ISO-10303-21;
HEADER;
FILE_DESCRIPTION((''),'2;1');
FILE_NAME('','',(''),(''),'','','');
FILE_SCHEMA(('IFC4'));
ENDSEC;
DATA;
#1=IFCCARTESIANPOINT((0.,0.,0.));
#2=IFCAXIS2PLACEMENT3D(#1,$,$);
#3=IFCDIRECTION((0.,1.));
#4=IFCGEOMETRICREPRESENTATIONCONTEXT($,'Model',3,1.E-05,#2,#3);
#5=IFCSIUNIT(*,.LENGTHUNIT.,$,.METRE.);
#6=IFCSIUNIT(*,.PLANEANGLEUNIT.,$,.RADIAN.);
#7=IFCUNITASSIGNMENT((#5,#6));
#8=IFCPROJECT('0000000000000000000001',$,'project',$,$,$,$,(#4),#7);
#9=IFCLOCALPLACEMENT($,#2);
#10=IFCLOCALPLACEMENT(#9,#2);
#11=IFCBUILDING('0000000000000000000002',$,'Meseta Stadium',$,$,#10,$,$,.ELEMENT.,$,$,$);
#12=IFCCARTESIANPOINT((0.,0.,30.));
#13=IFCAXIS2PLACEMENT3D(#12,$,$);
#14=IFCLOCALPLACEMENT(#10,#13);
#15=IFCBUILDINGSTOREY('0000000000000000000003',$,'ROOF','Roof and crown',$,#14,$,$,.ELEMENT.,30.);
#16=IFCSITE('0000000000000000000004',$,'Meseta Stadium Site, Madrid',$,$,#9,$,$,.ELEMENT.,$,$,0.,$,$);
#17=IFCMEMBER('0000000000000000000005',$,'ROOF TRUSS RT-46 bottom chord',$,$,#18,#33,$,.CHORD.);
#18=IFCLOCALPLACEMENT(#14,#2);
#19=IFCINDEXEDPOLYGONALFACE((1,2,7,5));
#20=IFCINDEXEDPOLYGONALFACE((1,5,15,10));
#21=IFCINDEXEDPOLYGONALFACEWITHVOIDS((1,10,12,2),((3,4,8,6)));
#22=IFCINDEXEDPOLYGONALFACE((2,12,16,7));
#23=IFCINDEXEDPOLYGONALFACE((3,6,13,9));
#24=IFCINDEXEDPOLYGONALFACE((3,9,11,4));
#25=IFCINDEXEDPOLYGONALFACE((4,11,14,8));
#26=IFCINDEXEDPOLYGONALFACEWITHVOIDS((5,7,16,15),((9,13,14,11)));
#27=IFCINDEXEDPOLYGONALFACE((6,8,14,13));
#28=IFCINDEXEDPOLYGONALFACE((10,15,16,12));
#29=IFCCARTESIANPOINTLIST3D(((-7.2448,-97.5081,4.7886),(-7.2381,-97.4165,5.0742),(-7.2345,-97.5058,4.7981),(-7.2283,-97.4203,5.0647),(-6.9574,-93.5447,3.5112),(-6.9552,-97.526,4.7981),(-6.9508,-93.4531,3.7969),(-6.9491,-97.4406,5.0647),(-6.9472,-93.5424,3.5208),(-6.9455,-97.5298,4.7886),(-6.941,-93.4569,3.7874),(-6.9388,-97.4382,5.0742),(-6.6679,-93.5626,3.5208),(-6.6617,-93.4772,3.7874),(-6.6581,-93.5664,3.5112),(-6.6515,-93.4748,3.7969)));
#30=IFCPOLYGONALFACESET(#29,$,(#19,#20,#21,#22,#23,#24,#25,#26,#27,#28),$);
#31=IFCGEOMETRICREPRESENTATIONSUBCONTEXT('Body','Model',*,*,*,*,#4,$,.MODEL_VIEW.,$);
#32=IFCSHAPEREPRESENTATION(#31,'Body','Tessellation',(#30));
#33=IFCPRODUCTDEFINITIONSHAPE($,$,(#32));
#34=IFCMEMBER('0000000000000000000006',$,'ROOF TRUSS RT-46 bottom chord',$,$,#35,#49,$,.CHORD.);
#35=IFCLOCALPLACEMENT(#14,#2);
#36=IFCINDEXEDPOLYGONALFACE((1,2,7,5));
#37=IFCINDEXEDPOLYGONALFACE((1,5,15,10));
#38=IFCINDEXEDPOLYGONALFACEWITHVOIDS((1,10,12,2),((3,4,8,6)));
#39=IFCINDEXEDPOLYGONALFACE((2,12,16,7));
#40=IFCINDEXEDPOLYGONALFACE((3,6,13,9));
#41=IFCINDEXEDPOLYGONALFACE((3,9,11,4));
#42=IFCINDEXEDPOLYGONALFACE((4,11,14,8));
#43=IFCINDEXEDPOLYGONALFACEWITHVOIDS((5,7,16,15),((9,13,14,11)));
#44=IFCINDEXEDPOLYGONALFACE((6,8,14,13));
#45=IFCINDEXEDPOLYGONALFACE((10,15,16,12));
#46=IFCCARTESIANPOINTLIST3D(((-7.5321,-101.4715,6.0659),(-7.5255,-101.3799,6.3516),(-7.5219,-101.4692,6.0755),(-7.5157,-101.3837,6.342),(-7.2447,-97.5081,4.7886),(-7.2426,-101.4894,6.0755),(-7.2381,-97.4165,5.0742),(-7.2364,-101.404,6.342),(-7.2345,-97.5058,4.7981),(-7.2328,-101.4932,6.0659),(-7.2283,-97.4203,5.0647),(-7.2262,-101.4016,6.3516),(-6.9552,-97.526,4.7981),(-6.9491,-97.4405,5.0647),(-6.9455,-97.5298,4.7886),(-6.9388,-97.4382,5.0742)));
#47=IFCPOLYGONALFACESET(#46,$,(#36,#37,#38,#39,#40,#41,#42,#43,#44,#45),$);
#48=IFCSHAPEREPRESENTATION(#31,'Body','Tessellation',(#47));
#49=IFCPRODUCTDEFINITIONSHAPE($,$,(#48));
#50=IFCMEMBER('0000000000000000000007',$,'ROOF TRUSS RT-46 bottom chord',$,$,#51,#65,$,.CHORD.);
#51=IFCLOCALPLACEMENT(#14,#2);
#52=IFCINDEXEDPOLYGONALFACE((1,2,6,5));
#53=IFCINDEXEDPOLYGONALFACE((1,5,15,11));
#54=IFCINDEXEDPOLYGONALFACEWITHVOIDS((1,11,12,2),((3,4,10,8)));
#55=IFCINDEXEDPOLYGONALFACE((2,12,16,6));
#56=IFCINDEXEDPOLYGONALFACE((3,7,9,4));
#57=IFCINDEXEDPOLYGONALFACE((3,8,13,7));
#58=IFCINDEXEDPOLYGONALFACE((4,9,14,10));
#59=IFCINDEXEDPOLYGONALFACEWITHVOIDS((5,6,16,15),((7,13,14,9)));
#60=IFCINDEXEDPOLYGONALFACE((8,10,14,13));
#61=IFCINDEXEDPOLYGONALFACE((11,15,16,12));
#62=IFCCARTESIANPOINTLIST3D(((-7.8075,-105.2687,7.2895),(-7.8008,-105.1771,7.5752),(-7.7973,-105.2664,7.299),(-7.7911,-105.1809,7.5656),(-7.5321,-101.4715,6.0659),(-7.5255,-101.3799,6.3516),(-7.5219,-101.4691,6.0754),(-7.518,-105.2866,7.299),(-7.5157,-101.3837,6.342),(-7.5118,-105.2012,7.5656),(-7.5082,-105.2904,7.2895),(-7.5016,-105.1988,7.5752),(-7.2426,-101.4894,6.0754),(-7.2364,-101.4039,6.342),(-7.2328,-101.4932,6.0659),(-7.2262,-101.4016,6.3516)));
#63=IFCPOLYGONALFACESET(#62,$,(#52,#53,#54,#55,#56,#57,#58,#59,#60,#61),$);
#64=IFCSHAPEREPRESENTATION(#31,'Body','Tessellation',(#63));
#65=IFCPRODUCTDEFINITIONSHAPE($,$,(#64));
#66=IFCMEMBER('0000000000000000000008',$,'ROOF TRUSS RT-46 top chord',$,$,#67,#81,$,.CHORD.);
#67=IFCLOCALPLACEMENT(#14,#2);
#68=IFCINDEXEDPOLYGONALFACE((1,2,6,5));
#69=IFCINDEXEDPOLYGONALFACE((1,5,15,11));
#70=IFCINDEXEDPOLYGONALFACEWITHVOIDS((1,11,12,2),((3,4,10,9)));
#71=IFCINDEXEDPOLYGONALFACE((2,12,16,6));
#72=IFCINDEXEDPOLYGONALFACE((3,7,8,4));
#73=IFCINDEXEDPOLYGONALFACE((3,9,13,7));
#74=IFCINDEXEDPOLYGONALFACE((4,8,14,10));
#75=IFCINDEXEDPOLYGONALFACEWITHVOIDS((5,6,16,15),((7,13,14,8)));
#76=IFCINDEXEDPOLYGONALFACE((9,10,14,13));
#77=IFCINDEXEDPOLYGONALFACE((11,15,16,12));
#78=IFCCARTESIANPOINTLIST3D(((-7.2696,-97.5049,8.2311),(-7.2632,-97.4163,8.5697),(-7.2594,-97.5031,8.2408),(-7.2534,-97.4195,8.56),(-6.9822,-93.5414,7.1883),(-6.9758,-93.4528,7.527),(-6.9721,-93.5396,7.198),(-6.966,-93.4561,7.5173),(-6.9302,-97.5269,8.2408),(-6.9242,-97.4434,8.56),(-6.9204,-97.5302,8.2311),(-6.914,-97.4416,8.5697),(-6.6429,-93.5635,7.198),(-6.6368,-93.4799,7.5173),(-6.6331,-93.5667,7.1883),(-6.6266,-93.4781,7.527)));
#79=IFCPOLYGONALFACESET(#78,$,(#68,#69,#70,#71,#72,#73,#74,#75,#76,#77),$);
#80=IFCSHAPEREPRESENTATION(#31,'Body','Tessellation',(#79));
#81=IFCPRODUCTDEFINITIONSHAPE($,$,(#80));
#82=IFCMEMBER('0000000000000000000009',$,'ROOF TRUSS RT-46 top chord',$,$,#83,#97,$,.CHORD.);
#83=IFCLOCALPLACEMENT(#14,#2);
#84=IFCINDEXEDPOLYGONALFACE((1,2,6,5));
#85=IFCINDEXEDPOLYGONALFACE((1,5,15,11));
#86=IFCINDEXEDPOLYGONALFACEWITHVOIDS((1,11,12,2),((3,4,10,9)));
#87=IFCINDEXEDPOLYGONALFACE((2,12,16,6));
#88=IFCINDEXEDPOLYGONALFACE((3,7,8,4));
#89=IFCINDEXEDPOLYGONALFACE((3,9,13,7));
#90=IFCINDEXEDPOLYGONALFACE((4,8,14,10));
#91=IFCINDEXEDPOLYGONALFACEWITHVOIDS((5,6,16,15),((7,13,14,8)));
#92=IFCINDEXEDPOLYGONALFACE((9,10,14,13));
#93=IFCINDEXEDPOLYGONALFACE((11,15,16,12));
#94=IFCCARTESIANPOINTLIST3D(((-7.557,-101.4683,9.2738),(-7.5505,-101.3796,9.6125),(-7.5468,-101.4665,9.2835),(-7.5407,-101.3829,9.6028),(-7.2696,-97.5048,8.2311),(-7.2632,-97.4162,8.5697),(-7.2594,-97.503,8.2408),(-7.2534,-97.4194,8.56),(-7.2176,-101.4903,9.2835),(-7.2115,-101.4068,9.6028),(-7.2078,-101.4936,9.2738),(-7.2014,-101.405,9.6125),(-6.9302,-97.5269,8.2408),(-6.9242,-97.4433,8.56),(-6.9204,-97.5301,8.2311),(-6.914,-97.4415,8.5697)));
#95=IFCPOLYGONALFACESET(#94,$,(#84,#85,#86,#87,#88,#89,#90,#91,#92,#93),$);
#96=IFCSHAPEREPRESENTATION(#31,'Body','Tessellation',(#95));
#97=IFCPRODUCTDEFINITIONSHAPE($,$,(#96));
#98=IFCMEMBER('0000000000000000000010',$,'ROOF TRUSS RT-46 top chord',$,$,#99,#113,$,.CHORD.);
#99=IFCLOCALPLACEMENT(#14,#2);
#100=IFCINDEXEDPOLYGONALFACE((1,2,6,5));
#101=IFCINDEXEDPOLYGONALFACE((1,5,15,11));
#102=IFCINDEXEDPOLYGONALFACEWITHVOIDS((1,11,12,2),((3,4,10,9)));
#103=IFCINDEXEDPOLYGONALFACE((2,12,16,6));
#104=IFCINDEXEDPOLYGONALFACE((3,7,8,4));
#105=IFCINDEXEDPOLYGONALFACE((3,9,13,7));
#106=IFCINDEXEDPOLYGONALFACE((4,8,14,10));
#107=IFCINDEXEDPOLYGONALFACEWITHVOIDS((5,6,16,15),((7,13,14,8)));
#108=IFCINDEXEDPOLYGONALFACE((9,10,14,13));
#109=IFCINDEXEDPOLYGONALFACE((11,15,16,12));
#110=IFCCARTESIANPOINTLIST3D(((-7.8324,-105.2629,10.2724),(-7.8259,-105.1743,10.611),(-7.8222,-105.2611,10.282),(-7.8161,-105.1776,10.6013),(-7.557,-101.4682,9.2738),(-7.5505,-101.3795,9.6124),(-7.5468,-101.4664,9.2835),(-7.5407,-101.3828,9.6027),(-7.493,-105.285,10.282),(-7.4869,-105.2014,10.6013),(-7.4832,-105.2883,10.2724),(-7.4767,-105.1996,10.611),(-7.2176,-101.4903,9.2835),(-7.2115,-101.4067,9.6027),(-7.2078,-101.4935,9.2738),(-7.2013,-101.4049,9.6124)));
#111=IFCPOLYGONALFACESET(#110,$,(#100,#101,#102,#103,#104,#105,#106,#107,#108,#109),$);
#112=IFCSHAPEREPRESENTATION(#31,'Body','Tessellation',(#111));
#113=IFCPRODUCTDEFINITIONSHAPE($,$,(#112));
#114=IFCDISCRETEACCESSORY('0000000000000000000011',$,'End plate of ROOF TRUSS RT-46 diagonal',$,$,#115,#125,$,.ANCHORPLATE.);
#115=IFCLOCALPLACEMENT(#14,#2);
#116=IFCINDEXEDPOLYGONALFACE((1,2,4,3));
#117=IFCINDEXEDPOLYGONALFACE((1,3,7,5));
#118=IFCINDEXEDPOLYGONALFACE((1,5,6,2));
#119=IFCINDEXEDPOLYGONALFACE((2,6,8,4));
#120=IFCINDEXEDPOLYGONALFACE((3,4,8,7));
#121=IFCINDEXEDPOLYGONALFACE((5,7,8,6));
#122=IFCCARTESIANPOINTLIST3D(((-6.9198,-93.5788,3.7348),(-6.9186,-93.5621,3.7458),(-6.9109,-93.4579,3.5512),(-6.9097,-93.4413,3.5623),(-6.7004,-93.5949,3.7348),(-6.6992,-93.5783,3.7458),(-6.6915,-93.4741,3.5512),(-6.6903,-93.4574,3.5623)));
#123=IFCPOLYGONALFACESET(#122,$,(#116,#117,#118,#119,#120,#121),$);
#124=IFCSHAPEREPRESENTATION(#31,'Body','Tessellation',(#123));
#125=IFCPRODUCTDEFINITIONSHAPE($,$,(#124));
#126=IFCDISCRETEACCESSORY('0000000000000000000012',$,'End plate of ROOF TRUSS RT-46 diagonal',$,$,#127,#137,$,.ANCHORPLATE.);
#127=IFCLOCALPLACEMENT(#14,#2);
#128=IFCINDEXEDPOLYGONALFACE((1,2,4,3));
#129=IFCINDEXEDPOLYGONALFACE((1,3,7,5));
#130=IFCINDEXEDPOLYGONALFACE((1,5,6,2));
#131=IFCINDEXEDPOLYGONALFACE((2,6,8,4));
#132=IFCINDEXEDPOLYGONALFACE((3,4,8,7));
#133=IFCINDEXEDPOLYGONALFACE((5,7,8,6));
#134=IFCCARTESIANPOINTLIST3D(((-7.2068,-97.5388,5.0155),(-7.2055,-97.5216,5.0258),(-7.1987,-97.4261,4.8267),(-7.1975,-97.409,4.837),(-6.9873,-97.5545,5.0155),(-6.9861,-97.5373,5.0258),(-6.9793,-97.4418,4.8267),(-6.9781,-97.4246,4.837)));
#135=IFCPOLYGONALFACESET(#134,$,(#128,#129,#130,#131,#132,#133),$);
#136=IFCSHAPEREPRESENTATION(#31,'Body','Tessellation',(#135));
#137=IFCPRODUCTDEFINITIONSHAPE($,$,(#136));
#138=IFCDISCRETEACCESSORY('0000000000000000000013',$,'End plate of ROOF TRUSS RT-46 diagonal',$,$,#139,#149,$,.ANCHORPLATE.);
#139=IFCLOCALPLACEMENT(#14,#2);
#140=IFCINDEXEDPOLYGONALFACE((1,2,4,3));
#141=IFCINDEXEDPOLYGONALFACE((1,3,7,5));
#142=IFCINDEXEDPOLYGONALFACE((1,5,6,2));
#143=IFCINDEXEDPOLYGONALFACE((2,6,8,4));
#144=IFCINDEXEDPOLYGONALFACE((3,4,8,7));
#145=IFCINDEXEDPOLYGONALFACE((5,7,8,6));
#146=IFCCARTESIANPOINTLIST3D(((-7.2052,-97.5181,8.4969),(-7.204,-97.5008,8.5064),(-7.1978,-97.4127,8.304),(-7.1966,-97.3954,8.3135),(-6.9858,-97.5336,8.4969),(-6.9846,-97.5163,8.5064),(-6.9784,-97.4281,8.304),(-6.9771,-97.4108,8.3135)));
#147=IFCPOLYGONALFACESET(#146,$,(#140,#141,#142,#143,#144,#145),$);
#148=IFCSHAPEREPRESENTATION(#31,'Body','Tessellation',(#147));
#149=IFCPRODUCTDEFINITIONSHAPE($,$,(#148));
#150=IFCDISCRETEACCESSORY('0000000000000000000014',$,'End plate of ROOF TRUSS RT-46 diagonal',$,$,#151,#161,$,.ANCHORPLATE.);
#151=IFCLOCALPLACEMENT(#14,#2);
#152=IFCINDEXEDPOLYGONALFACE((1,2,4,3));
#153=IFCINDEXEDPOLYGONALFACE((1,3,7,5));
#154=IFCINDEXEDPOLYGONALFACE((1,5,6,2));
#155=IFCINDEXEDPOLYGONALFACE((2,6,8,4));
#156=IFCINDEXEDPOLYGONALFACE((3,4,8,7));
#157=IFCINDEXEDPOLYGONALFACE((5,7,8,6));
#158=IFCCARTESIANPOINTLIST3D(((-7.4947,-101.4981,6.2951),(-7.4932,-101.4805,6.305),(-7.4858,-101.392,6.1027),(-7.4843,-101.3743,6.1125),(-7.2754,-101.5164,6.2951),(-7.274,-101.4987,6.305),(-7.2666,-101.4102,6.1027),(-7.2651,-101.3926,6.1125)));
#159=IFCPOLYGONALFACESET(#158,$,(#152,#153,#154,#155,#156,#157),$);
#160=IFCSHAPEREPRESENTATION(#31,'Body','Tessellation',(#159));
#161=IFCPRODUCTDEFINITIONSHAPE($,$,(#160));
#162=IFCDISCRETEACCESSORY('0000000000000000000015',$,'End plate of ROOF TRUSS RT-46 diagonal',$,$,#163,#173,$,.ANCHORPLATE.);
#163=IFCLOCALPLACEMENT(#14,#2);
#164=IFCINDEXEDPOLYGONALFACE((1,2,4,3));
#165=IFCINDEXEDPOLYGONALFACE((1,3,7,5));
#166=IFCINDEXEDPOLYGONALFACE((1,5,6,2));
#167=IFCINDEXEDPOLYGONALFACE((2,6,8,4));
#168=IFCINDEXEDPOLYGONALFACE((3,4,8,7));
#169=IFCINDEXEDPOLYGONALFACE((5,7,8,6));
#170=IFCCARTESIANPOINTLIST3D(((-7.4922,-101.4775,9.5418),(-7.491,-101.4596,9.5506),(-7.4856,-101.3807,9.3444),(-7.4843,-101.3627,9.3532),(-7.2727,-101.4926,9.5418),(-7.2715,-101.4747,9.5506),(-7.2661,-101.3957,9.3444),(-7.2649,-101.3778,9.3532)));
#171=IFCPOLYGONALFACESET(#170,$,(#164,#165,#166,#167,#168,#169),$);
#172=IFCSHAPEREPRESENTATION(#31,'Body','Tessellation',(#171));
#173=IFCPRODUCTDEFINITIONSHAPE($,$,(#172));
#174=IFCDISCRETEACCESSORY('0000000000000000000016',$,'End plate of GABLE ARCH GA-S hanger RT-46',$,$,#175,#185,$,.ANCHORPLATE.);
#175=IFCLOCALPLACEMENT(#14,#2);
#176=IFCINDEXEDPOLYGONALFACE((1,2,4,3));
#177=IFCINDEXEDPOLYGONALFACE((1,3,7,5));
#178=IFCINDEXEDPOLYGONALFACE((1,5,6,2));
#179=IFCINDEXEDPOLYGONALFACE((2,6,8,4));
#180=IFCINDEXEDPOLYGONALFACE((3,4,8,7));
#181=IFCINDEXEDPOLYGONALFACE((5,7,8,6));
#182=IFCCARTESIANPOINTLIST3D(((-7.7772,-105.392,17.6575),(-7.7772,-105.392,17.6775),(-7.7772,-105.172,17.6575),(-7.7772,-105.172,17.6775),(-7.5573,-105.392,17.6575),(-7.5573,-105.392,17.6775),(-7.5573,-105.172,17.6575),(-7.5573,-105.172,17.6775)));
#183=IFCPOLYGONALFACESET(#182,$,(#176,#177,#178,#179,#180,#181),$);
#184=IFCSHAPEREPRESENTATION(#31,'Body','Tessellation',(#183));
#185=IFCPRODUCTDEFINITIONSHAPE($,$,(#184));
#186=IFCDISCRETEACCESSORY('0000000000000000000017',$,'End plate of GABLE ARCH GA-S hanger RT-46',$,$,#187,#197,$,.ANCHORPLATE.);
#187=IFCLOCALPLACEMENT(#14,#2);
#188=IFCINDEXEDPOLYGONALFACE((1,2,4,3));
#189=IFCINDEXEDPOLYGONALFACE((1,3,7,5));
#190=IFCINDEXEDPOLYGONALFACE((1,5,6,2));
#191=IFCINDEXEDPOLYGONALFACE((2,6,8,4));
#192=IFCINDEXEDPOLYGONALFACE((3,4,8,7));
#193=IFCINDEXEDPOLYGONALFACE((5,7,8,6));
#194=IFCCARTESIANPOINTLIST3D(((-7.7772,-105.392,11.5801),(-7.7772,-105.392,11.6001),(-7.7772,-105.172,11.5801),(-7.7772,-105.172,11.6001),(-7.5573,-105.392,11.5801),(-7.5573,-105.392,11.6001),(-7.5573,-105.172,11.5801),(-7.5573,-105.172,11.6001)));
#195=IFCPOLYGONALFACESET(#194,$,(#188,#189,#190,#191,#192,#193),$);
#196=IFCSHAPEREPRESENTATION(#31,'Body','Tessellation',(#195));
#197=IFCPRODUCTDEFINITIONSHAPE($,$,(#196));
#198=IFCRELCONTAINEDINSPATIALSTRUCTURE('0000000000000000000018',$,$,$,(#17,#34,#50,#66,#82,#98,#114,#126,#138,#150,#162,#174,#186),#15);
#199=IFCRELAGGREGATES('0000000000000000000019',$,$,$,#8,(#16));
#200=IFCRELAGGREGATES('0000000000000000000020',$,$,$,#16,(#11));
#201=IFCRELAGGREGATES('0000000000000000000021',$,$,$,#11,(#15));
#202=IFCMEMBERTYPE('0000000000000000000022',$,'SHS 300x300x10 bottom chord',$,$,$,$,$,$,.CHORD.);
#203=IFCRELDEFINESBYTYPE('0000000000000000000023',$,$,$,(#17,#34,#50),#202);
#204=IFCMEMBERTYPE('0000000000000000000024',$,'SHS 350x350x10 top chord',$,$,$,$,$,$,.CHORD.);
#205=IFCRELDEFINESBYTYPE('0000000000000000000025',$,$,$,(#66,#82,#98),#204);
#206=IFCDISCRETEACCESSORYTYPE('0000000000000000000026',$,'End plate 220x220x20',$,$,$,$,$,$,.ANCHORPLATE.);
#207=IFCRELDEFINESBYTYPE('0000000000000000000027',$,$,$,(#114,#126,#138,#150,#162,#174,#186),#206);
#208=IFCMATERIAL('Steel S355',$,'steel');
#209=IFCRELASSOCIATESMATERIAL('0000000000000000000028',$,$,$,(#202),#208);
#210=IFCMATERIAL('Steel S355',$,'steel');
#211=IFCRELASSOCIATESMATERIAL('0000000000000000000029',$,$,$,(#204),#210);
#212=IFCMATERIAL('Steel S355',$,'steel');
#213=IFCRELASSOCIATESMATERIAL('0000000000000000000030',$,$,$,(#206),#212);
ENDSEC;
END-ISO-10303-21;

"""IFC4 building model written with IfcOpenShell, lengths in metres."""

from ifc_helpers import new_model, si_unit, direction, frame, origin, origin_2d, place, context, subcontext, project, spatial, rectangle, hollow_rectangle, extrude, material, material_profile, profile_set, type_object, element, save


model = new_model("IFC4")

# Units and contexts
model_context = context("Model", 3, precision=1e-05, world=origin(), true_north=direction((0.0, 1.0)))
body_context = subcontext(model_context, "Body", "Model", "MODEL_VIEW")
ifc_project = project(units=[si_unit("LENGTHUNIT", "METRE"), si_unit("PLANEANGLEUNIT", "RADIAN")], contexts=[model_context])

# Site, building, storey
site_placement = place(None, origin())
site = spatial("IfcSite", under=ifc_project, at=site_placement, Name="Meseta Stadium Site, Madrid", CompositionType="ELEMENT", RefElevation=0.0)
building_placement = place(site_placement, origin())
building = spatial("IfcBuilding", under=site, at=building_placement, Name="Meseta Stadium", CompositionType="ELEMENT")
storey_placement = place(building_placement, frame((0.0, 0.0, 30.0)))
storey = spatial("IfcBuildingStorey", under=building, at=storey_placement, Name="ROOF", Description="Roof and crown", CompositionType="ELEMENT", Elevation=30.0)

# Members
ifc_material_1 = material(Name="Steel S355", Category="steel")
ifc_material_profile_1 = material_profile(ifc_material_1, hollow_rectangle(XDim=0.3, YDim=0.3, WallThickness=0.01, at=origin_2d()), Name="SHS 300x300x10")
ifc_profile_set_1 = profile_set([ifc_material_profile_1], Name="Steel S355")
member_type_1 = type_object("IfcMemberType", Name="SHS 300x300x10 bottom chord", PredefinedType="CHORD", material=ifc_profile_set_1)
for number, where, z_axis, x_axis, name in (
    (1, (-6.8044, -93.5098, 3.6541), (-0.068843, -0.949532, 0.306021), (0.997382, -0.072312, 0.0), "ROOF TRUSS RT-46 bottom chord"),
    (2, (-7.0918, -97.4731, 4.9314), (-0.068843, -0.949532, 0.306021), (0.997382, -0.072312, 0.0), "ROOF TRUSS RT-46 bottom chord"),
):
    element("IfcMember", number, at=place(storey_placement, frame(where, z_axis=z_axis, x_axis=x_axis)), inside=storey, type_object=member_type_1, Name=name, PredefinedType="CHORD", context=body_context, shape_type="SweptSolid", body=[
        extrude(hollow_rectangle(XDim=0.3, YDim=0.3, WallThickness=0.01, at=origin_2d()), origin(), (0.0, 0.0, 1.0), 4.1741),
    ])
member_1_placement = place(storey_placement, frame((-7.3792, -101.4365, 6.2087), z_axis=(-0.068863, -0.949546, 0.305974), x_axis=(0.997381, -0.072332, 0.0)))
element("IfcMember", 3, at=member_1_placement, inside=storey, type_object=member_type_1, Name="ROOF TRUSS RT-46 bottom chord", PredefinedType="CHORD", context=body_context, shape_type="SweptSolid", body=[
    extrude(hollow_rectangle(XDim=0.3, YDim=0.3, WallThickness=0.01, at=origin_2d()), origin(), (0.0, 0.0, 1.0), 3.999),
])
ifc_material_2 = material(Name="Steel S355", Category="steel")
ifc_material_profile_2 = material_profile(ifc_material_2, hollow_rectangle(XDim=0.3501, YDim=0.3501, WallThickness=0.01, at=origin_2d()), Name="SHS 350x350x10")
ifc_profile_set_2 = profile_set([ifc_material_profile_2], Name="Steel S355")
member_type_2 = type_object("IfcMemberType", Name="SHS 350x350x10 top chord", PredefinedType="CHORD", material=ifc_profile_set_2)
for number, where, z_axis, x_axis, name in (
    (4, (-6.8044, -93.5098, 7.3577), (-0.069944, -0.964722, 0.253809), (0.997382, -0.072312, 0.0), "ROOF TRUSS RT-46 top chord"),
    (5, (-7.0918, -97.4731, 8.4004), (-0.069944, -0.964722, 0.253809), (0.997382, -0.072312, 0.0), "ROOF TRUSS RT-46 top chord"),
):
    element("IfcMember", number, at=place(storey_placement, frame(where, z_axis=z_axis, x_axis=x_axis)), inside=storey, type_object=member_type_2, Name=name, PredefinedType="CHORD", context=body_context, shape_type="SweptSolid", body=[
        extrude(hollow_rectangle(XDim=0.3501, YDim=0.3501, WallThickness=0.01, at=origin_2d()), origin(), (0.0, 0.0, 1.0), 4.1084),
    ])
member_2_placement = place(storey_placement, frame((-7.3792, -101.4365, 9.4431), z_axis=(-0.070011, -0.964706, 0.253854), x_axis=(0.997377, -0.072382, 0.0)))
element("IfcMember", 6, at=member_2_placement, inside=storey, type_object=member_type_2, Name="ROOF TRUSS RT-46 top chord", PredefinedType="CHORD", context=body_context, shape_type="SweptSolid", body=[
    extrude(hollow_rectangle(XDim=0.3501, YDim=0.3501, WallThickness=0.01, at=origin_2d()), origin(), (0.0, 0.0, 1.0), 3.9336),
])

# Discrete accessories
ifc_material_3 = material(Name="Steel S355", Category="steel")
ifc_material_profile_3 = material_profile(ifc_material_3, rectangle(XDim=0.22, YDim=0.22, at=origin_2d()), Name="PL 220x220")
ifc_profile_set_3 = profile_set([ifc_material_profile_3], Name="Steel S355")
discrete_accessory_type_1 = type_object("IfcDiscreteAccessoryType", Name="End plate 220x220x20", PredefinedType="ANCHORPLATE", material=ifc_profile_set_3)
for number, where, z_axis, x_axis, name in (
    (7, (-6.8044, -93.5098, 3.6541), (-0.061204, -0.832369, -0.550832), (0.997308, -0.073331, 0.0), "End plate of ROOF TRUSS RT-46 diagonal"),
    (8, (-7.0918, -97.4731, 4.9314), (-0.061135, -0.855889, -0.513533), (0.997459, -0.071247, 0.0), "End plate of ROOF TRUSS RT-46 diagonal"),
):
    element("IfcDiscreteAccessory", number, at=place(storey_placement, frame(where, z_axis=z_axis, x_axis=x_axis)), inside=storey, type_object=discrete_accessory_type_1, Name=name, PredefinedType="ANCHORPLATE", context=body_context, shape_type="SweptSolid", body=[
        extrude(rectangle(XDim=0.22, YDim=0.22, at=origin_2d()), origin(), (0.0, 0.0, 1.0), 0.02),
    ])
discrete_accessory_1_placement = place(storey_placement, frame((-7.0906, -97.4558, 8.4099), z_axis=(-0.061606, -0.874812, -0.48053), x_axis=(0.99753, -0.070249, 0.0)))
element("IfcDiscreteAccessory", 9, at=discrete_accessory_1_placement, inside=storey, type_object=discrete_accessory_type_1, Name="End plate of ROOF TRUSS RT-46 diagonal", PredefinedType="ANCHORPLATE", context=body_context, shape_type="SweptSolid", body=[
    extrude(rectangle(XDim=0.22, YDim=0.22, at=origin_2d()), origin(), (0.0, 0.0, 1.0), 0.0198),
])
discrete_accessory_2_placement = place(storey_placement, frame((-7.3792, -101.4365, 6.2087), z_axis=(-0.072654, -0.871847, -0.484359), x_axis=(0.996546, -0.083045, 0.0)))
element("IfcDiscreteAccessory", 10, at=discrete_accessory_2_placement, inside=storey, type_object=discrete_accessory_type_1, Name="End plate of ROOF TRUSS RT-46 diagonal", PredefinedType="ANCHORPLATE", context=body_context, shape_type="SweptSolid", body=[
    extrude(rectangle(XDim=0.22, YDim=0.22, at=origin_2d()), origin(), (0.0, 0.0, 1.0), 0.0203),
])
for number, where, z_axis, x_axis, name in (
    (11, (-7.3779, -101.4187, 9.4519), (-0.061314, -0.895183, -0.44146), (0.997663, -0.068333, 0.0), "End plate of ROOF TRUSS RT-46 diagonal"),
    (12, (-7.6672, -105.282, 17.6775), (0.0, 0.0, -1.0), (1.0, 0.0, 0.0), "End plate of GABLE ARCH GA-S hanger RT-46"),
    (13, (-7.6672, -105.282, 11.6001), (0.0, 0.0, -1.0), (1.0, 0.0, 0.0), "End plate of GABLE ARCH GA-S hanger RT-46"),
):
    element("IfcDiscreteAccessory", number, at=place(storey_placement, frame(where, z_axis=z_axis, x_axis=x_axis)), inside=storey, type_object=discrete_accessory_type_1, Name=name, PredefinedType="ANCHORPLATE", context=body_context, shape_type="SweptSolid", body=[
        extrude(rectangle(XDim=0.22, YDim=0.22, at=origin_2d()), origin(), (0.0, 0.0, 1.0), 0.02),
    ])

save(model, "model.ifc")
